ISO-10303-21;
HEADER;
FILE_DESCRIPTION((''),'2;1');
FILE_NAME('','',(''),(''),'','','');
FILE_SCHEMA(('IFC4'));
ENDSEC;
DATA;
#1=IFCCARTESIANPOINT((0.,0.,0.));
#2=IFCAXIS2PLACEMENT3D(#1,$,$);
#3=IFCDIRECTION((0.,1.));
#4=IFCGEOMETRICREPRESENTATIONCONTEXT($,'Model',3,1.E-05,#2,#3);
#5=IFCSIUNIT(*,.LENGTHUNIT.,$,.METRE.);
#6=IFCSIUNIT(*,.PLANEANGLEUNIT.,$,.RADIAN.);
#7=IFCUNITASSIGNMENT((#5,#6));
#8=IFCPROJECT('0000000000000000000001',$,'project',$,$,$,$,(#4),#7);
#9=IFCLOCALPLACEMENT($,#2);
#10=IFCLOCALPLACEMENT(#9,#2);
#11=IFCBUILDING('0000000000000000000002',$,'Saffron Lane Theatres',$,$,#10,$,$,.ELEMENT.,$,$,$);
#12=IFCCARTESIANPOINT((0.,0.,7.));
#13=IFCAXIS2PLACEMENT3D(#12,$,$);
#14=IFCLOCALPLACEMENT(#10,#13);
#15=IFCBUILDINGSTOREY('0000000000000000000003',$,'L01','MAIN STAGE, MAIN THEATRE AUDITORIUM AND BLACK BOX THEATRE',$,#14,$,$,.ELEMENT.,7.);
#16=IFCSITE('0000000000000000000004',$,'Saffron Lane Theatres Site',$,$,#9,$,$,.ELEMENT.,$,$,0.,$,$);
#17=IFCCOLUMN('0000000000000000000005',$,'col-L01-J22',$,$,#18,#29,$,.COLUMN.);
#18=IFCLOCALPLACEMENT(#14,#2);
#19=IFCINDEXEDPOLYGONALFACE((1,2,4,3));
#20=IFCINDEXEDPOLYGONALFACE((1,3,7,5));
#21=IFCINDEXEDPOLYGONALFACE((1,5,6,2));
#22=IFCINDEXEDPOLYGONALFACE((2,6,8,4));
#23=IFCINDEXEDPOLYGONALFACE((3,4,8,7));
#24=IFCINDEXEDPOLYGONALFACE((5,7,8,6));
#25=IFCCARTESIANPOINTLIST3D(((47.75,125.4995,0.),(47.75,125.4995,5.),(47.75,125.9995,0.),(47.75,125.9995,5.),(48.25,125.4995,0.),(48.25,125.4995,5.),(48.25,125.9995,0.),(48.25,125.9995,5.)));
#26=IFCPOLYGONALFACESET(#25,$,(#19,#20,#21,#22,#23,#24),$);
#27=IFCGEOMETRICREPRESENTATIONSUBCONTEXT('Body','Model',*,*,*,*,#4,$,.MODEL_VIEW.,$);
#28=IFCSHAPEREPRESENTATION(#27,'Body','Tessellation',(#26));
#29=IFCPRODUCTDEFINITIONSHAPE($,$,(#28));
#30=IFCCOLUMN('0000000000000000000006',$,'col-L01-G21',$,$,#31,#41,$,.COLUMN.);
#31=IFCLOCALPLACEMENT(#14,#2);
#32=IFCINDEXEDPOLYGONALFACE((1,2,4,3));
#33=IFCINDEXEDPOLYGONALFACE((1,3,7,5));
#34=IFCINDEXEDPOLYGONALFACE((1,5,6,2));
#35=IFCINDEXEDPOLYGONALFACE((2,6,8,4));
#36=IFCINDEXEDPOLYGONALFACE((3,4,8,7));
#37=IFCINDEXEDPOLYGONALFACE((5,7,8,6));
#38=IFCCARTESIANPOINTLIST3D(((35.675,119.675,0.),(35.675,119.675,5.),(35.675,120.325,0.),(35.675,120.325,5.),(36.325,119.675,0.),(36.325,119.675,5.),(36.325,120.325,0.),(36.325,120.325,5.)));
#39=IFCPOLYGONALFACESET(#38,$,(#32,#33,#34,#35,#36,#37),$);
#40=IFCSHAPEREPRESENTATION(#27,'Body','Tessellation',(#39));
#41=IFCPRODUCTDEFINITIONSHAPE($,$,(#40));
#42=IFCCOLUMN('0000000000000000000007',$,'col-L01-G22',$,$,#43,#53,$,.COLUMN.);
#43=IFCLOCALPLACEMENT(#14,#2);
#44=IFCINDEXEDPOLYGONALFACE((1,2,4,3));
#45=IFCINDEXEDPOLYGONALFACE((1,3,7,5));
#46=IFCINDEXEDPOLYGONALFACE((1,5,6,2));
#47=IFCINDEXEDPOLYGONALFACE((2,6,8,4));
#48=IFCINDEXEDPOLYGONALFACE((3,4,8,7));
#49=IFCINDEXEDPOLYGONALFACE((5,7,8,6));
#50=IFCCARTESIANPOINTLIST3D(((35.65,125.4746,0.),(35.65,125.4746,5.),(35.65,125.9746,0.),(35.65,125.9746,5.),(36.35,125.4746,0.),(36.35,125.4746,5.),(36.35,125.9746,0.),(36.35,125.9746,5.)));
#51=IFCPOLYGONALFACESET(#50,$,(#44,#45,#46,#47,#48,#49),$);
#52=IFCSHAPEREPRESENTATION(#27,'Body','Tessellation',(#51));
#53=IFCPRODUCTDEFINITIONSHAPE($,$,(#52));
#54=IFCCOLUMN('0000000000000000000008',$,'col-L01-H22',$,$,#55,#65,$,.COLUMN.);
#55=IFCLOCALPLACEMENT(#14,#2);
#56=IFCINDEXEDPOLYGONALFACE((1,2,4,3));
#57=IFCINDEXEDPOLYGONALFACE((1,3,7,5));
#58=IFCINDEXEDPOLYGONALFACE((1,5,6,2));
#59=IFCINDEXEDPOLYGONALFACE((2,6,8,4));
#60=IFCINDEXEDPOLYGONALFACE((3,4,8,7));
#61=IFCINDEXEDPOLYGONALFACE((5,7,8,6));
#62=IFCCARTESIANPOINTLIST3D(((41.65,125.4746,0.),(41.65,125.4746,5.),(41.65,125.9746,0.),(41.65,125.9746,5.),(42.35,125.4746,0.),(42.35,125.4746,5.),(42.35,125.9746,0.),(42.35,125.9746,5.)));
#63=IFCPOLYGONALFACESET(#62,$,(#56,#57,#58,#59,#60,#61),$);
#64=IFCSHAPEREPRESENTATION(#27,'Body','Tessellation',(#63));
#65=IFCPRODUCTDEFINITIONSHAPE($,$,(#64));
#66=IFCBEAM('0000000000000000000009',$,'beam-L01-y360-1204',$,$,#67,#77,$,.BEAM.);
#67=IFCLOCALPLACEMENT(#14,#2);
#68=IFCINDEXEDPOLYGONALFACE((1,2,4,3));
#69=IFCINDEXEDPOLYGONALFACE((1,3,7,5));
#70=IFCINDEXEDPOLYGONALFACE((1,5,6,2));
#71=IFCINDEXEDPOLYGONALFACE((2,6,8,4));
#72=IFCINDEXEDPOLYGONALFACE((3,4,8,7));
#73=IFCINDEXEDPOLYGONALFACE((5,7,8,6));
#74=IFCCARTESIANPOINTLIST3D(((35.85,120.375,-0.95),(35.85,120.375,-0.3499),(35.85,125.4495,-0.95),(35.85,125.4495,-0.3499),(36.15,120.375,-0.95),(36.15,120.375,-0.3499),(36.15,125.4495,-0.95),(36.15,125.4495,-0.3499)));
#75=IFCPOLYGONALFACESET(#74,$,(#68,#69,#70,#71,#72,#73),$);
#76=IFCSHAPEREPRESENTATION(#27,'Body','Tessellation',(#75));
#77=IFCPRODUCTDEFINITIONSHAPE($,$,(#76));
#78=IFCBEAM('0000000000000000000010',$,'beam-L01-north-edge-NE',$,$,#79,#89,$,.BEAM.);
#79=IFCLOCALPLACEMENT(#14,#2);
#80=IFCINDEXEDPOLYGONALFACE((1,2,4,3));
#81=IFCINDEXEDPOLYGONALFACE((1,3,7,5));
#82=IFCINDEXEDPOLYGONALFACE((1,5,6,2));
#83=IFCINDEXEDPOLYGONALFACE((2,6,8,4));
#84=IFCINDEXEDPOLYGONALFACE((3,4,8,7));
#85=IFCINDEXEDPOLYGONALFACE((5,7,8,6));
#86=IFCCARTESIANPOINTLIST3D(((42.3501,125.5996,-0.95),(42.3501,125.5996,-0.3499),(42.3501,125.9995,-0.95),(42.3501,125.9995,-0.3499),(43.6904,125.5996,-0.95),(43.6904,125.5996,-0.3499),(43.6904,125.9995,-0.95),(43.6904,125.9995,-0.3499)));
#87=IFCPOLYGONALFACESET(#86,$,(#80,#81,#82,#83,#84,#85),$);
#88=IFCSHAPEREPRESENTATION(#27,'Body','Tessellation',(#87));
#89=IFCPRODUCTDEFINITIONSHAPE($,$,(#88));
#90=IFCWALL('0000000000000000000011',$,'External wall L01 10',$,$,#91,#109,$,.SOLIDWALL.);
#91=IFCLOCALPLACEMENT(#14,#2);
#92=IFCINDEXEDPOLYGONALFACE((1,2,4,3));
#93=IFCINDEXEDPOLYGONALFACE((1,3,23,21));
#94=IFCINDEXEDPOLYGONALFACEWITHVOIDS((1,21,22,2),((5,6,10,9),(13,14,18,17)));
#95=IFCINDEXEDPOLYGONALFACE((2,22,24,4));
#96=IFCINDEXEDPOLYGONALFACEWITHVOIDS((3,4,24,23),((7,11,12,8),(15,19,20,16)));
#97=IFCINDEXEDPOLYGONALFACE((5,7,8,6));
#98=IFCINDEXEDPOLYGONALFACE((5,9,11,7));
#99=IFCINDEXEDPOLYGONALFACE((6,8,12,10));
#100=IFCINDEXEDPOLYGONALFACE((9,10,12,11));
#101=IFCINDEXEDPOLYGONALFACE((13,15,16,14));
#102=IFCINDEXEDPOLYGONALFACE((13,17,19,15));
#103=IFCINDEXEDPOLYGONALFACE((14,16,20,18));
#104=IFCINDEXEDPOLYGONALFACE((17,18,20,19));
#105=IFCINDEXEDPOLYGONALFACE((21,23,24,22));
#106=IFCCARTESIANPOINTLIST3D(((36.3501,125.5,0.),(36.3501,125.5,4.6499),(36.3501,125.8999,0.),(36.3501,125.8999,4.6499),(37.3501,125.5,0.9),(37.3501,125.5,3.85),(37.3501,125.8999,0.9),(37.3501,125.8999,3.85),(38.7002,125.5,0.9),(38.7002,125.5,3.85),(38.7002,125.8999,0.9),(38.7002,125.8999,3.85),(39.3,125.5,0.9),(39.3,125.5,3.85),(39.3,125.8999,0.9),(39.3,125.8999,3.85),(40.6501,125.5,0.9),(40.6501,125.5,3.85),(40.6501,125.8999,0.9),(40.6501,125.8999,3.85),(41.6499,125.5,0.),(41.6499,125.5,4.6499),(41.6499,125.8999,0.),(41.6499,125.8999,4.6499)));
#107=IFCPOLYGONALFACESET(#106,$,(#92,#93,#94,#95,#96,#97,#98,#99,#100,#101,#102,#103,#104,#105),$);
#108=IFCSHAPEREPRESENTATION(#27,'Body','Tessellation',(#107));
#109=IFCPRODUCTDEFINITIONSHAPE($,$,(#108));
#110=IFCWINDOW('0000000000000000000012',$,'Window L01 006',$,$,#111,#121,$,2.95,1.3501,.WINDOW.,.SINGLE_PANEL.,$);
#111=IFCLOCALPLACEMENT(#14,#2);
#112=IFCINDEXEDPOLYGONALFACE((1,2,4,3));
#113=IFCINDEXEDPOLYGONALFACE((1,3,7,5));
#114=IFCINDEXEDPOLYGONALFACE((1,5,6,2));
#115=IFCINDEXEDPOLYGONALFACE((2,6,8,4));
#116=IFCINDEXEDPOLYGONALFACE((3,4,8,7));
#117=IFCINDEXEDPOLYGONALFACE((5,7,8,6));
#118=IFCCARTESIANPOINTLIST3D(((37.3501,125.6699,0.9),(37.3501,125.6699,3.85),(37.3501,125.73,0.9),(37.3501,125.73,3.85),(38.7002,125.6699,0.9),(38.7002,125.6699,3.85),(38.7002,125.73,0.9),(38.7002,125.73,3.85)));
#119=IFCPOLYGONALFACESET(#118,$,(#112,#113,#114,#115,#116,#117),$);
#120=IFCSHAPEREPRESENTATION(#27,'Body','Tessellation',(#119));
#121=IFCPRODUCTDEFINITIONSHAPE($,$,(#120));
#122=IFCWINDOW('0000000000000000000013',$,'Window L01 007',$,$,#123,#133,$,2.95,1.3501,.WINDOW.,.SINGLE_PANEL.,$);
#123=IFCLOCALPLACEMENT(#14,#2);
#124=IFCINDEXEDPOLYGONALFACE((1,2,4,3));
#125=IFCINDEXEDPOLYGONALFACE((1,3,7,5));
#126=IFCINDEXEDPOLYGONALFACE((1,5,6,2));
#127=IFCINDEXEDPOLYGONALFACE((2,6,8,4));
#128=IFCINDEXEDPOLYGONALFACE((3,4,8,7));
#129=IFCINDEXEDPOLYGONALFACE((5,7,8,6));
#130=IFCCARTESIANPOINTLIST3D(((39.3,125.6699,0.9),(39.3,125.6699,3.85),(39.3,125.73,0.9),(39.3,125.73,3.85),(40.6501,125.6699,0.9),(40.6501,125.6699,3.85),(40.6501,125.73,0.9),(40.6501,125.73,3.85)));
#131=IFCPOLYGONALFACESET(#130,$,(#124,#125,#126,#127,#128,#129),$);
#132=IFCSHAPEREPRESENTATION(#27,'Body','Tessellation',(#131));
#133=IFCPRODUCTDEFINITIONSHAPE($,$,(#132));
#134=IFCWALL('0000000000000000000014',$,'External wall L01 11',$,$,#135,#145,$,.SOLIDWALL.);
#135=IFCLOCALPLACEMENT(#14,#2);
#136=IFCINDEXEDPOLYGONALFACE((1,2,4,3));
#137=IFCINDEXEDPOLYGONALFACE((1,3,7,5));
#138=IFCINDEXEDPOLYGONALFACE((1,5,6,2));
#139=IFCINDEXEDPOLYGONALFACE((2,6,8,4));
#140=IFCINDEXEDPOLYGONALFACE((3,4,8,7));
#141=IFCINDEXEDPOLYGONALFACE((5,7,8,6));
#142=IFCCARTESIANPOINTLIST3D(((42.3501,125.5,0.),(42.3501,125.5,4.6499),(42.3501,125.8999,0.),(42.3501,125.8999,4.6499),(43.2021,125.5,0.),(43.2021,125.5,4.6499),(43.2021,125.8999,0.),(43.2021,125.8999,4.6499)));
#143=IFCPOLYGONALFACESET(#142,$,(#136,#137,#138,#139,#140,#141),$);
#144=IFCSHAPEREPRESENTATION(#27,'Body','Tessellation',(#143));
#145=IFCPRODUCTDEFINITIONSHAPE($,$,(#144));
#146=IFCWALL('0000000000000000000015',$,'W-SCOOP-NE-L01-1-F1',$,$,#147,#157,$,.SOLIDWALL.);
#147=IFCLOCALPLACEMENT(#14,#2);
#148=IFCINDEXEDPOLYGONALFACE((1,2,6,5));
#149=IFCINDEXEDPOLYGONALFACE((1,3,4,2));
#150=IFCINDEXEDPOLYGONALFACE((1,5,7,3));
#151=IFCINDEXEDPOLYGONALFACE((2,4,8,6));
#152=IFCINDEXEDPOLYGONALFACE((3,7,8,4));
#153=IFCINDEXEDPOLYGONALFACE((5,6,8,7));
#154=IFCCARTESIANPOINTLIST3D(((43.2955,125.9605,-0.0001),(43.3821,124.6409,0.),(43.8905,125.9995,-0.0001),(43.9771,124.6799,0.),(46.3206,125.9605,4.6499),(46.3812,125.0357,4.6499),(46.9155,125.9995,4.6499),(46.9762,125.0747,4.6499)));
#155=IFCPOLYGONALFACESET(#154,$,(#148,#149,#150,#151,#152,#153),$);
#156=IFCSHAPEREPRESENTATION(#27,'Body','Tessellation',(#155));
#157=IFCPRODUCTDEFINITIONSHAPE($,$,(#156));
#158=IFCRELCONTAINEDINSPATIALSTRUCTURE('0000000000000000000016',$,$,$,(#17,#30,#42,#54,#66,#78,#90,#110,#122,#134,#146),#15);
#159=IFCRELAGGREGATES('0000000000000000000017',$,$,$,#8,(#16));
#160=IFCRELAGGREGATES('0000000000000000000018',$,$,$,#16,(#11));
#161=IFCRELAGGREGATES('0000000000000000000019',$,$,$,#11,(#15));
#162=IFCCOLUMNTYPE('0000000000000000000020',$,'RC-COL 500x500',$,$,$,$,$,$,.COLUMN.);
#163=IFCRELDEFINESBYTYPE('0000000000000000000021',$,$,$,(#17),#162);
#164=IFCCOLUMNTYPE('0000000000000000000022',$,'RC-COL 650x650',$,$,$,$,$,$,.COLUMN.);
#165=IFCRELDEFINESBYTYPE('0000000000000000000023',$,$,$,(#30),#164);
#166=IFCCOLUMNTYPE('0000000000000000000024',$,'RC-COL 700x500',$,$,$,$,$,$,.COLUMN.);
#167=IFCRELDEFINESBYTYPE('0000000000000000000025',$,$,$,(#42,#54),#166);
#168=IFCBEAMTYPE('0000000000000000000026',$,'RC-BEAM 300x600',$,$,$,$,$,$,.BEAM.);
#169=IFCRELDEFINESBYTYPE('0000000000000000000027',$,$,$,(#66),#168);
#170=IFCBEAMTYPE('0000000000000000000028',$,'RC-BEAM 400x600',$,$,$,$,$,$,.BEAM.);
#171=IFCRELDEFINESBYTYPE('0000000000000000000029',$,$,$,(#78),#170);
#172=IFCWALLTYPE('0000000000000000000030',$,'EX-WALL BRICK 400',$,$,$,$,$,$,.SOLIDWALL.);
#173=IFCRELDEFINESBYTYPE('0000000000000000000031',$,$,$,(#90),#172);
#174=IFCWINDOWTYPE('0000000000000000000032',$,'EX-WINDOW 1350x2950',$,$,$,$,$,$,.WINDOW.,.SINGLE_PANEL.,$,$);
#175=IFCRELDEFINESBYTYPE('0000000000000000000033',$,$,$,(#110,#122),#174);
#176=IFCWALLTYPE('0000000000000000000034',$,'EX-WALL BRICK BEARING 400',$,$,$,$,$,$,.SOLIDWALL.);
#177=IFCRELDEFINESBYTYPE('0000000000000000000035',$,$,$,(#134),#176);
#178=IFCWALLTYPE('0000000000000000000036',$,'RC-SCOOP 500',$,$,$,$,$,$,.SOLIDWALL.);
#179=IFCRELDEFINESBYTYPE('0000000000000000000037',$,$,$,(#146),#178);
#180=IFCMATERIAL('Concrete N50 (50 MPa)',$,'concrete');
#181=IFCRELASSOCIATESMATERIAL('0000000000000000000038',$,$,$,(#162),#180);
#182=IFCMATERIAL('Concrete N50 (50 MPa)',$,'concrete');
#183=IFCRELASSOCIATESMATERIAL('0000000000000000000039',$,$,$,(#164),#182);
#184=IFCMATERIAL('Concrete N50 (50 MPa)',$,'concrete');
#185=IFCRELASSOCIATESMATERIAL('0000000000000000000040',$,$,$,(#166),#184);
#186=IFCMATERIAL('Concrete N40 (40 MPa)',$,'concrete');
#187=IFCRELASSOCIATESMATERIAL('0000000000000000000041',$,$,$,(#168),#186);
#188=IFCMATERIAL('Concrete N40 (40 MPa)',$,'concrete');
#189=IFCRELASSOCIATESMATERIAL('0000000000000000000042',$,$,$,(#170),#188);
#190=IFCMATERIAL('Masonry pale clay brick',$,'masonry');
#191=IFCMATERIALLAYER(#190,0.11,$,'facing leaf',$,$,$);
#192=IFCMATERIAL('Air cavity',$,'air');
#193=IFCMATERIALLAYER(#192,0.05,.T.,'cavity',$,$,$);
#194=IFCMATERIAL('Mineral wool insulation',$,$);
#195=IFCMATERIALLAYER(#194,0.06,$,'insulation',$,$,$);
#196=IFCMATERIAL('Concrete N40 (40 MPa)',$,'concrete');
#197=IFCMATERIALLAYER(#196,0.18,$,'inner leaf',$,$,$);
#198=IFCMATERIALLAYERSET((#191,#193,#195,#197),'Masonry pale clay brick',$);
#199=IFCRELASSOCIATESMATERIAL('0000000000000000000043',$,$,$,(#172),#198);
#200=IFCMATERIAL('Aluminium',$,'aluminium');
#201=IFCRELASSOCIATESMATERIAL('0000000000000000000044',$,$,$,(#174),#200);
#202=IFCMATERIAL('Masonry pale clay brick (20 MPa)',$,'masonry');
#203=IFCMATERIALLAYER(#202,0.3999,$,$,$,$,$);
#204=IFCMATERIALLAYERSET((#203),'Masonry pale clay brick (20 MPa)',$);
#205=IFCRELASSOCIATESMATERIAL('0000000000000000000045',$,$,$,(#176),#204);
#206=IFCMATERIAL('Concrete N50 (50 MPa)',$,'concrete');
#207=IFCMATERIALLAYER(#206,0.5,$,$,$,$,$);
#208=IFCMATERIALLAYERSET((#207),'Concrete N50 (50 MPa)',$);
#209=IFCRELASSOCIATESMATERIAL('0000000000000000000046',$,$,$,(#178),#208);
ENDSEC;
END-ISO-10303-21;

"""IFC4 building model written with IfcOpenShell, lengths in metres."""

from ifc_helpers import new_model, si_unit, direction, frame, frame_2d, origin, origin_2d, place, context, subcontext, project, spatial, polyline, rectangle, outline, extrude, material, layer, layer_set, material_profile, profile_set, type_object, element, fill, save


model = new_model("IFC4")

# Units and contexts
model_context = context("Model", 3, precision=1e-05, world=origin(), true_north=direction((0.0, 1.0)))
body_context = subcontext(model_context, "Body", "Model", "MODEL_VIEW")
ifc_project = project(units=[si_unit("LENGTHUNIT", "METRE"), si_unit("PLANEANGLEUNIT", "RADIAN")], contexts=[model_context])

# Site, building, storey
site_placement = place(None, origin())
site = spatial("IfcSite", under=ifc_project, at=site_placement, Name="Saffron Lane Theatres Site", CompositionType="ELEMENT", RefElevation=0.0)
building_placement = place(site_placement, origin())
building = spatial("IfcBuilding", under=site, at=building_placement, Name="Saffron Lane Theatres", CompositionType="ELEMENT")
storey_placement = place(building_placement, frame((0.0, 0.0, 7.0)))
storey = spatial("IfcBuildingStorey", under=building, at=storey_placement, Name="L01", Description="MAIN STAGE, MAIN THEATRE AUDITORIUM AND BLACK BOX THEATRE", CompositionType="ELEMENT", Elevation=7.0)

# Columns
ifc_material_1 = material(Name="Concrete N50 (50 MPa)", Category="concrete")
ifc_material_profile_1 = material_profile(ifc_material_1, rectangle(XDim=0.5, YDim=0.5, at=origin_2d()))
ifc_profile_set_1 = profile_set([ifc_material_profile_1], Name="Concrete N50 (50 MPa)")
column_type_1 = type_object("IfcColumnType", Name="RC-COL 500x500", PredefinedType="COLUMN", material=ifc_profile_set_1)
column_1_placement = place(storey_placement, frame((48.0, 125.7495, 0.0), z_axis=(0.0, 0.0, 1.0), x_axis=(1.0, 0.0, 0.0)))
element("IfcColumn", 1, at=column_1_placement, inside=storey, type_object=column_type_1, Name="col-L01-J22", PredefinedType="COLUMN", context=body_context, shape_type="SweptSolid", body=[
    extrude(rectangle(XDim=0.5, YDim=0.5, at=origin_2d()), origin(), (0.0, 0.0, 1.0), 5.0),
])
ifc_material_2 = material(Name="Concrete N50 (50 MPa)", Category="concrete")
ifc_material_profile_2 = material_profile(ifc_material_2, rectangle(XDim=0.6499, YDim=0.6499, at=origin_2d()))
ifc_profile_set_2 = profile_set([ifc_material_profile_2], Name="Concrete N50 (50 MPa)")
column_type_2 = type_object("IfcColumnType", Name="RC-COL 650x650", PredefinedType="COLUMN", material=ifc_profile_set_2)
column_2_placement = place(storey_placement, frame((36.0, 120.0, 0.0), z_axis=(0.0, 0.0, 1.0), x_axis=(1.0, 0.0, 0.0)))
element("IfcColumn", 2, at=column_2_placement, inside=storey, type_object=column_type_2, Name="col-L01-G21", PredefinedType="COLUMN", context=body_context, shape_type="SweptSolid", body=[
    extrude(rectangle(XDim=0.6499, YDim=0.6499, at=origin_2d()), origin(), (0.0, 0.0, 1.0), 5.0),
])
ifc_material_3 = material(Name="Concrete N50 (50 MPa)", Category="concrete")
ifc_material_profile_3 = material_profile(ifc_material_3, rectangle(XDim=0.7, YDim=0.5, at=origin_2d()))
ifc_profile_set_3 = profile_set([ifc_material_profile_3], Name="Concrete N50 (50 MPa)")
column_type_3 = type_object("IfcColumnType", Name="RC-COL 700x500", PredefinedType="COLUMN", material=ifc_profile_set_3)
for number, where, z_axis, x_axis, name in (
    (3, (36.0, 125.7246, 0.0), (0.0, 0.0, 1.0), (1.0, 0.0, 0.0), "col-L01-G22"),
    (4, (42.0, 125.7246, 0.0), (0.0, 0.0, 1.0), (1.0, 0.0, 0.0), "col-L01-H22"),
):
    element("IfcColumn", number, at=place(storey_placement, frame(where, z_axis=z_axis, x_axis=x_axis)), inside=storey, type_object=column_type_3, Name=name, PredefinedType="COLUMN", context=body_context, shape_type="SweptSolid", body=[
        extrude(rectangle(XDim=0.7, YDim=0.5, at=origin_2d()), origin(), (0.0, 0.0, 1.0), 5.0),
    ])

# Beams
ifc_material_4 = material(Name="Concrete N40 (40 MPa)", Category="concrete")
ifc_material_profile_4 = material_profile(ifc_material_4, rectangle(XDim=0.3, YDim=0.6001, at=origin_2d()))
ifc_profile_set_4 = profile_set([ifc_material_profile_4], Name="Concrete N40 (40 MPa)")
beam_type_1 = type_object("IfcBeamType", Name="RC-BEAM 300x600", PredefinedType="BEAM", material=ifc_profile_set_4)
beam_1_placement = place(storey_placement, frame((36.0, 120.375, -0.6499), z_axis=(0.0, 1.0, 0.0), x_axis=(-1.0, 0.0, 0.0)))
element("IfcBeam", 5, at=beam_1_placement, inside=storey, type_object=beam_type_1, Name="beam-L01-y360-1204", PredefinedType="BEAM", context=body_context, shape_type="SweptSolid", body=[
    extrude(rectangle(XDim=0.3, YDim=0.6001, at=origin_2d()), origin(), (0.0, 0.0, 1.0), 5.0745),
])
ifc_material_5 = material(Name="Concrete N40 (40 MPa)", Category="concrete")
ifc_material_profile_5 = material_profile(ifc_material_5, rectangle(XDim=0.3999, YDim=0.6001, at=origin_2d()))
ifc_profile_set_5 = profile_set([ifc_material_profile_5], Name="Concrete N40 (40 MPa)")
beam_type_2 = type_object("IfcBeamType", Name="RC-BEAM 400x600", PredefinedType="BEAM", material=ifc_profile_set_5)
beam_2_placement = place(storey_placement, frame((43.6904, 125.7996, -0.6499), z_axis=(-1.0, 0.0, 0.0), x_axis=(0.0, -1.0, 0.0)))
element("IfcBeam", 6, at=beam_2_placement, inside=storey, type_object=beam_type_2, Name="beam-L01-north-edge-NE", PredefinedType="BEAM", context=body_context, shape_type="SweptSolid", body=[
    extrude(rectangle(XDim=0.3999, YDim=0.6001, at=origin_2d()), origin(), (0.0, 0.0, 1.0), 1.3403),
])

# Wall, openings, windows
ifc_material_6 = material(Name="Masonry pale clay brick", Category="masonry")
ifc_layer_1 = layer(ifc_material_6, 0.11, Name="facing leaf")
ifc_material_7 = material(Name="Air cavity", Category="air")
ifc_layer_2 = layer(ifc_material_7, 0.05, ventilated=True, Name="cavity")
ifc_material_8 = material(Name="Mineral wool insulation")
ifc_layer_3 = layer(ifc_material_8, 0.06, Name="insulation")
ifc_material_9 = material(Name="Concrete N40 (40 MPa)", Category="concrete")
ifc_layer_4 = layer(ifc_material_9, 0.18, Name="inner leaf")
ifc_layer_set_1 = layer_set([ifc_layer_1, ifc_layer_2, ifc_layer_3, ifc_layer_4], Name="Masonry pale clay brick")
wall_type_1 = type_object("IfcWallType", Name="EX-WALL BRICK 400", PredefinedType="SOLIDWALL", material=ifc_layer_set_1)
wall_1_placement = place(storey_placement, frame((36.3501, 125.7, 0.0), z_axis=(0.0, 0.0, 1.0), x_axis=(1.0, 0.0, 0.0)))
wall_1 = element("IfcWall", 7, at=wall_1_placement, inside=storey, type_object=wall_type_1, Name="External wall L01 10", PredefinedType="SOLIDWALL", context=body_context, shape_type="SweptSolid", body=[
    extrude(rectangle(XDim=5.2998, YDim=0.3999, at=frame_2d((2.6499, 0.0))), origin(), (0.0, 0.0, 1.0), 4.6499),
])
opening_1_placement = place(wall_1_placement, frame((1.0, 0.0, 0.8999)))
opening_1 = element("IfcOpeningElement", 8, at=opening_1_placement, cuts=wall_1, PredefinedType="OPENING", context=body_context, shape_type="SweptSolid", body=[
    extrude(rectangle(XDim=1.3501, YDim=2.95, at=frame_2d((0.675, 1.4751))), frame((0.0, 0.21, 0.0), z_axis=(0.0, -1.0, 0.0), x_axis=(1.0, 0.0, 0.0)), (0.0, 0.0, 1.0), 0.4199),
])
opening_2_placement = place(wall_1_placement, frame((2.95, 0.0, 0.8999)))
opening_2 = element("IfcOpeningElement", 9, at=opening_2_placement, cuts=wall_1, PredefinedType="OPENING", context=body_context, shape_type="SweptSolid", body=[
    extrude(rectangle(XDim=1.3501, YDim=2.95, at=frame_2d((0.675, 1.4751))), frame((0.0, 0.21, 0.0), z_axis=(0.0, -1.0, 0.0), x_axis=(1.0, 0.0, 0.0)), (0.0, 0.0, 1.0), 0.4199),
])
ifc_material_10 = material(Name="Aluminium", Category="aluminium")
window_type = type_object("IfcWindowType", Name="EX-WINDOW 1350x2950", PartitioningType="SINGLE_PANEL", PredefinedType="WINDOW", material=ifc_material_10)
window_1_placement = place(opening_1_placement, origin())
window_1 = element("IfcWindow", 10, at=window_1_placement, inside=storey, type_object=window_type, Name="Window L01 006", OverallHeight=2.95, OverallWidth=1.3501, PartitioningType="SINGLE_PANEL", PredefinedType="WINDOW", context=body_context, shape_type="SweptSolid", body=[
    extrude(rectangle(XDim=1.3501, YDim=2.95, at=frame_2d((0.675, 1.4751))), frame((0.0, 0.03, 0.0), z_axis=(0.0, -1.0, 0.0), x_axis=(1.0, 0.0, 0.0)), (0.0, 0.0, 1.0), 0.0601),
])
fill(opening_1, window_1)
window_2_placement = place(opening_2_placement, origin())
window_2 = element("IfcWindow", 11, at=window_2_placement, inside=storey, type_object=window_type, Name="Window L01 007", OverallHeight=2.95, OverallWidth=1.3501, PartitioningType="SINGLE_PANEL", PredefinedType="WINDOW", context=body_context, shape_type="SweptSolid", body=[
    extrude(rectangle(XDim=1.3501, YDim=2.95, at=frame_2d((0.675, 1.4751))), frame((0.0, 0.03, 0.0), z_axis=(0.0, -1.0, 0.0), x_axis=(1.0, 0.0, 0.0)), (0.0, 0.0, 1.0), 0.0601),
])
fill(opening_2, window_2)

# Walls
ifc_material_11 = material(Name="Masonry pale clay brick (20 MPa)", Category="masonry")
ifc_layer_5 = layer(ifc_material_11, 0.3999)
ifc_layer_set_2 = layer_set([ifc_layer_5], Name="Masonry pale clay brick (20 MPa)")
wall_type_2 = type_object("IfcWallType", Name="EX-WALL BRICK BEARING 400", PredefinedType="SOLIDWALL", material=ifc_layer_set_2)
wall_2_placement = place(storey_placement, frame((42.3501, 125.7, 0.0), z_axis=(0.0, 0.0, 1.0), x_axis=(1.0, 0.0, 0.0)))
element("IfcWall", 12, at=wall_2_placement, inside=storey, type_object=wall_type_2, Name="External wall L01 11", PredefinedType="SOLIDWALL", context=body_context, shape_type="SweptSolid", body=[
    extrude(rectangle(XDim=0.8521, YDim=0.3999, at=frame_2d((0.426, 0.0))), origin(), (0.0, 0.0, 1.0), 4.6499),
])
ifc_material_12 = material(Name="Concrete N50 (50 MPa)", Category="concrete")
ifc_layer_6 = layer(ifc_material_12, 0.5)
ifc_layer_set_3 = layer_set([ifc_layer_6], Name="Concrete N50 (50 MPa)")
wall_type_3 = type_object("IfcWallType", Name="RC-SCOOP 500", PredefinedType="SOLIDWALL", material=ifc_layer_set_3)
wall_3_placement = place(storey_placement, frame((43.9771, 124.6799, 0.0), z_axis=(-0.836966, -0.054899, 0.544495), x_axis=(-0.065478, 0.997854, -0.000039)))
element("IfcWall", 13, at=wall_3_placement, inside=storey, type_object=wall_type_3, Name="W-SCOOP-NE-L01-1-F1", PredefinedType="SOLIDWALL", context=body_context, shape_type="SweptSolid", body=[
    extrude(outline(polyline([(0.0, 0.0), (1.3224, 0.0), (1.1242, -5.5438), (0.1974, -5.5437), (0.0, 0.0)])), origin(), (0.000075, 0.544495, 0.838764), 0.5962),
])

save(model, "model.ifc")
